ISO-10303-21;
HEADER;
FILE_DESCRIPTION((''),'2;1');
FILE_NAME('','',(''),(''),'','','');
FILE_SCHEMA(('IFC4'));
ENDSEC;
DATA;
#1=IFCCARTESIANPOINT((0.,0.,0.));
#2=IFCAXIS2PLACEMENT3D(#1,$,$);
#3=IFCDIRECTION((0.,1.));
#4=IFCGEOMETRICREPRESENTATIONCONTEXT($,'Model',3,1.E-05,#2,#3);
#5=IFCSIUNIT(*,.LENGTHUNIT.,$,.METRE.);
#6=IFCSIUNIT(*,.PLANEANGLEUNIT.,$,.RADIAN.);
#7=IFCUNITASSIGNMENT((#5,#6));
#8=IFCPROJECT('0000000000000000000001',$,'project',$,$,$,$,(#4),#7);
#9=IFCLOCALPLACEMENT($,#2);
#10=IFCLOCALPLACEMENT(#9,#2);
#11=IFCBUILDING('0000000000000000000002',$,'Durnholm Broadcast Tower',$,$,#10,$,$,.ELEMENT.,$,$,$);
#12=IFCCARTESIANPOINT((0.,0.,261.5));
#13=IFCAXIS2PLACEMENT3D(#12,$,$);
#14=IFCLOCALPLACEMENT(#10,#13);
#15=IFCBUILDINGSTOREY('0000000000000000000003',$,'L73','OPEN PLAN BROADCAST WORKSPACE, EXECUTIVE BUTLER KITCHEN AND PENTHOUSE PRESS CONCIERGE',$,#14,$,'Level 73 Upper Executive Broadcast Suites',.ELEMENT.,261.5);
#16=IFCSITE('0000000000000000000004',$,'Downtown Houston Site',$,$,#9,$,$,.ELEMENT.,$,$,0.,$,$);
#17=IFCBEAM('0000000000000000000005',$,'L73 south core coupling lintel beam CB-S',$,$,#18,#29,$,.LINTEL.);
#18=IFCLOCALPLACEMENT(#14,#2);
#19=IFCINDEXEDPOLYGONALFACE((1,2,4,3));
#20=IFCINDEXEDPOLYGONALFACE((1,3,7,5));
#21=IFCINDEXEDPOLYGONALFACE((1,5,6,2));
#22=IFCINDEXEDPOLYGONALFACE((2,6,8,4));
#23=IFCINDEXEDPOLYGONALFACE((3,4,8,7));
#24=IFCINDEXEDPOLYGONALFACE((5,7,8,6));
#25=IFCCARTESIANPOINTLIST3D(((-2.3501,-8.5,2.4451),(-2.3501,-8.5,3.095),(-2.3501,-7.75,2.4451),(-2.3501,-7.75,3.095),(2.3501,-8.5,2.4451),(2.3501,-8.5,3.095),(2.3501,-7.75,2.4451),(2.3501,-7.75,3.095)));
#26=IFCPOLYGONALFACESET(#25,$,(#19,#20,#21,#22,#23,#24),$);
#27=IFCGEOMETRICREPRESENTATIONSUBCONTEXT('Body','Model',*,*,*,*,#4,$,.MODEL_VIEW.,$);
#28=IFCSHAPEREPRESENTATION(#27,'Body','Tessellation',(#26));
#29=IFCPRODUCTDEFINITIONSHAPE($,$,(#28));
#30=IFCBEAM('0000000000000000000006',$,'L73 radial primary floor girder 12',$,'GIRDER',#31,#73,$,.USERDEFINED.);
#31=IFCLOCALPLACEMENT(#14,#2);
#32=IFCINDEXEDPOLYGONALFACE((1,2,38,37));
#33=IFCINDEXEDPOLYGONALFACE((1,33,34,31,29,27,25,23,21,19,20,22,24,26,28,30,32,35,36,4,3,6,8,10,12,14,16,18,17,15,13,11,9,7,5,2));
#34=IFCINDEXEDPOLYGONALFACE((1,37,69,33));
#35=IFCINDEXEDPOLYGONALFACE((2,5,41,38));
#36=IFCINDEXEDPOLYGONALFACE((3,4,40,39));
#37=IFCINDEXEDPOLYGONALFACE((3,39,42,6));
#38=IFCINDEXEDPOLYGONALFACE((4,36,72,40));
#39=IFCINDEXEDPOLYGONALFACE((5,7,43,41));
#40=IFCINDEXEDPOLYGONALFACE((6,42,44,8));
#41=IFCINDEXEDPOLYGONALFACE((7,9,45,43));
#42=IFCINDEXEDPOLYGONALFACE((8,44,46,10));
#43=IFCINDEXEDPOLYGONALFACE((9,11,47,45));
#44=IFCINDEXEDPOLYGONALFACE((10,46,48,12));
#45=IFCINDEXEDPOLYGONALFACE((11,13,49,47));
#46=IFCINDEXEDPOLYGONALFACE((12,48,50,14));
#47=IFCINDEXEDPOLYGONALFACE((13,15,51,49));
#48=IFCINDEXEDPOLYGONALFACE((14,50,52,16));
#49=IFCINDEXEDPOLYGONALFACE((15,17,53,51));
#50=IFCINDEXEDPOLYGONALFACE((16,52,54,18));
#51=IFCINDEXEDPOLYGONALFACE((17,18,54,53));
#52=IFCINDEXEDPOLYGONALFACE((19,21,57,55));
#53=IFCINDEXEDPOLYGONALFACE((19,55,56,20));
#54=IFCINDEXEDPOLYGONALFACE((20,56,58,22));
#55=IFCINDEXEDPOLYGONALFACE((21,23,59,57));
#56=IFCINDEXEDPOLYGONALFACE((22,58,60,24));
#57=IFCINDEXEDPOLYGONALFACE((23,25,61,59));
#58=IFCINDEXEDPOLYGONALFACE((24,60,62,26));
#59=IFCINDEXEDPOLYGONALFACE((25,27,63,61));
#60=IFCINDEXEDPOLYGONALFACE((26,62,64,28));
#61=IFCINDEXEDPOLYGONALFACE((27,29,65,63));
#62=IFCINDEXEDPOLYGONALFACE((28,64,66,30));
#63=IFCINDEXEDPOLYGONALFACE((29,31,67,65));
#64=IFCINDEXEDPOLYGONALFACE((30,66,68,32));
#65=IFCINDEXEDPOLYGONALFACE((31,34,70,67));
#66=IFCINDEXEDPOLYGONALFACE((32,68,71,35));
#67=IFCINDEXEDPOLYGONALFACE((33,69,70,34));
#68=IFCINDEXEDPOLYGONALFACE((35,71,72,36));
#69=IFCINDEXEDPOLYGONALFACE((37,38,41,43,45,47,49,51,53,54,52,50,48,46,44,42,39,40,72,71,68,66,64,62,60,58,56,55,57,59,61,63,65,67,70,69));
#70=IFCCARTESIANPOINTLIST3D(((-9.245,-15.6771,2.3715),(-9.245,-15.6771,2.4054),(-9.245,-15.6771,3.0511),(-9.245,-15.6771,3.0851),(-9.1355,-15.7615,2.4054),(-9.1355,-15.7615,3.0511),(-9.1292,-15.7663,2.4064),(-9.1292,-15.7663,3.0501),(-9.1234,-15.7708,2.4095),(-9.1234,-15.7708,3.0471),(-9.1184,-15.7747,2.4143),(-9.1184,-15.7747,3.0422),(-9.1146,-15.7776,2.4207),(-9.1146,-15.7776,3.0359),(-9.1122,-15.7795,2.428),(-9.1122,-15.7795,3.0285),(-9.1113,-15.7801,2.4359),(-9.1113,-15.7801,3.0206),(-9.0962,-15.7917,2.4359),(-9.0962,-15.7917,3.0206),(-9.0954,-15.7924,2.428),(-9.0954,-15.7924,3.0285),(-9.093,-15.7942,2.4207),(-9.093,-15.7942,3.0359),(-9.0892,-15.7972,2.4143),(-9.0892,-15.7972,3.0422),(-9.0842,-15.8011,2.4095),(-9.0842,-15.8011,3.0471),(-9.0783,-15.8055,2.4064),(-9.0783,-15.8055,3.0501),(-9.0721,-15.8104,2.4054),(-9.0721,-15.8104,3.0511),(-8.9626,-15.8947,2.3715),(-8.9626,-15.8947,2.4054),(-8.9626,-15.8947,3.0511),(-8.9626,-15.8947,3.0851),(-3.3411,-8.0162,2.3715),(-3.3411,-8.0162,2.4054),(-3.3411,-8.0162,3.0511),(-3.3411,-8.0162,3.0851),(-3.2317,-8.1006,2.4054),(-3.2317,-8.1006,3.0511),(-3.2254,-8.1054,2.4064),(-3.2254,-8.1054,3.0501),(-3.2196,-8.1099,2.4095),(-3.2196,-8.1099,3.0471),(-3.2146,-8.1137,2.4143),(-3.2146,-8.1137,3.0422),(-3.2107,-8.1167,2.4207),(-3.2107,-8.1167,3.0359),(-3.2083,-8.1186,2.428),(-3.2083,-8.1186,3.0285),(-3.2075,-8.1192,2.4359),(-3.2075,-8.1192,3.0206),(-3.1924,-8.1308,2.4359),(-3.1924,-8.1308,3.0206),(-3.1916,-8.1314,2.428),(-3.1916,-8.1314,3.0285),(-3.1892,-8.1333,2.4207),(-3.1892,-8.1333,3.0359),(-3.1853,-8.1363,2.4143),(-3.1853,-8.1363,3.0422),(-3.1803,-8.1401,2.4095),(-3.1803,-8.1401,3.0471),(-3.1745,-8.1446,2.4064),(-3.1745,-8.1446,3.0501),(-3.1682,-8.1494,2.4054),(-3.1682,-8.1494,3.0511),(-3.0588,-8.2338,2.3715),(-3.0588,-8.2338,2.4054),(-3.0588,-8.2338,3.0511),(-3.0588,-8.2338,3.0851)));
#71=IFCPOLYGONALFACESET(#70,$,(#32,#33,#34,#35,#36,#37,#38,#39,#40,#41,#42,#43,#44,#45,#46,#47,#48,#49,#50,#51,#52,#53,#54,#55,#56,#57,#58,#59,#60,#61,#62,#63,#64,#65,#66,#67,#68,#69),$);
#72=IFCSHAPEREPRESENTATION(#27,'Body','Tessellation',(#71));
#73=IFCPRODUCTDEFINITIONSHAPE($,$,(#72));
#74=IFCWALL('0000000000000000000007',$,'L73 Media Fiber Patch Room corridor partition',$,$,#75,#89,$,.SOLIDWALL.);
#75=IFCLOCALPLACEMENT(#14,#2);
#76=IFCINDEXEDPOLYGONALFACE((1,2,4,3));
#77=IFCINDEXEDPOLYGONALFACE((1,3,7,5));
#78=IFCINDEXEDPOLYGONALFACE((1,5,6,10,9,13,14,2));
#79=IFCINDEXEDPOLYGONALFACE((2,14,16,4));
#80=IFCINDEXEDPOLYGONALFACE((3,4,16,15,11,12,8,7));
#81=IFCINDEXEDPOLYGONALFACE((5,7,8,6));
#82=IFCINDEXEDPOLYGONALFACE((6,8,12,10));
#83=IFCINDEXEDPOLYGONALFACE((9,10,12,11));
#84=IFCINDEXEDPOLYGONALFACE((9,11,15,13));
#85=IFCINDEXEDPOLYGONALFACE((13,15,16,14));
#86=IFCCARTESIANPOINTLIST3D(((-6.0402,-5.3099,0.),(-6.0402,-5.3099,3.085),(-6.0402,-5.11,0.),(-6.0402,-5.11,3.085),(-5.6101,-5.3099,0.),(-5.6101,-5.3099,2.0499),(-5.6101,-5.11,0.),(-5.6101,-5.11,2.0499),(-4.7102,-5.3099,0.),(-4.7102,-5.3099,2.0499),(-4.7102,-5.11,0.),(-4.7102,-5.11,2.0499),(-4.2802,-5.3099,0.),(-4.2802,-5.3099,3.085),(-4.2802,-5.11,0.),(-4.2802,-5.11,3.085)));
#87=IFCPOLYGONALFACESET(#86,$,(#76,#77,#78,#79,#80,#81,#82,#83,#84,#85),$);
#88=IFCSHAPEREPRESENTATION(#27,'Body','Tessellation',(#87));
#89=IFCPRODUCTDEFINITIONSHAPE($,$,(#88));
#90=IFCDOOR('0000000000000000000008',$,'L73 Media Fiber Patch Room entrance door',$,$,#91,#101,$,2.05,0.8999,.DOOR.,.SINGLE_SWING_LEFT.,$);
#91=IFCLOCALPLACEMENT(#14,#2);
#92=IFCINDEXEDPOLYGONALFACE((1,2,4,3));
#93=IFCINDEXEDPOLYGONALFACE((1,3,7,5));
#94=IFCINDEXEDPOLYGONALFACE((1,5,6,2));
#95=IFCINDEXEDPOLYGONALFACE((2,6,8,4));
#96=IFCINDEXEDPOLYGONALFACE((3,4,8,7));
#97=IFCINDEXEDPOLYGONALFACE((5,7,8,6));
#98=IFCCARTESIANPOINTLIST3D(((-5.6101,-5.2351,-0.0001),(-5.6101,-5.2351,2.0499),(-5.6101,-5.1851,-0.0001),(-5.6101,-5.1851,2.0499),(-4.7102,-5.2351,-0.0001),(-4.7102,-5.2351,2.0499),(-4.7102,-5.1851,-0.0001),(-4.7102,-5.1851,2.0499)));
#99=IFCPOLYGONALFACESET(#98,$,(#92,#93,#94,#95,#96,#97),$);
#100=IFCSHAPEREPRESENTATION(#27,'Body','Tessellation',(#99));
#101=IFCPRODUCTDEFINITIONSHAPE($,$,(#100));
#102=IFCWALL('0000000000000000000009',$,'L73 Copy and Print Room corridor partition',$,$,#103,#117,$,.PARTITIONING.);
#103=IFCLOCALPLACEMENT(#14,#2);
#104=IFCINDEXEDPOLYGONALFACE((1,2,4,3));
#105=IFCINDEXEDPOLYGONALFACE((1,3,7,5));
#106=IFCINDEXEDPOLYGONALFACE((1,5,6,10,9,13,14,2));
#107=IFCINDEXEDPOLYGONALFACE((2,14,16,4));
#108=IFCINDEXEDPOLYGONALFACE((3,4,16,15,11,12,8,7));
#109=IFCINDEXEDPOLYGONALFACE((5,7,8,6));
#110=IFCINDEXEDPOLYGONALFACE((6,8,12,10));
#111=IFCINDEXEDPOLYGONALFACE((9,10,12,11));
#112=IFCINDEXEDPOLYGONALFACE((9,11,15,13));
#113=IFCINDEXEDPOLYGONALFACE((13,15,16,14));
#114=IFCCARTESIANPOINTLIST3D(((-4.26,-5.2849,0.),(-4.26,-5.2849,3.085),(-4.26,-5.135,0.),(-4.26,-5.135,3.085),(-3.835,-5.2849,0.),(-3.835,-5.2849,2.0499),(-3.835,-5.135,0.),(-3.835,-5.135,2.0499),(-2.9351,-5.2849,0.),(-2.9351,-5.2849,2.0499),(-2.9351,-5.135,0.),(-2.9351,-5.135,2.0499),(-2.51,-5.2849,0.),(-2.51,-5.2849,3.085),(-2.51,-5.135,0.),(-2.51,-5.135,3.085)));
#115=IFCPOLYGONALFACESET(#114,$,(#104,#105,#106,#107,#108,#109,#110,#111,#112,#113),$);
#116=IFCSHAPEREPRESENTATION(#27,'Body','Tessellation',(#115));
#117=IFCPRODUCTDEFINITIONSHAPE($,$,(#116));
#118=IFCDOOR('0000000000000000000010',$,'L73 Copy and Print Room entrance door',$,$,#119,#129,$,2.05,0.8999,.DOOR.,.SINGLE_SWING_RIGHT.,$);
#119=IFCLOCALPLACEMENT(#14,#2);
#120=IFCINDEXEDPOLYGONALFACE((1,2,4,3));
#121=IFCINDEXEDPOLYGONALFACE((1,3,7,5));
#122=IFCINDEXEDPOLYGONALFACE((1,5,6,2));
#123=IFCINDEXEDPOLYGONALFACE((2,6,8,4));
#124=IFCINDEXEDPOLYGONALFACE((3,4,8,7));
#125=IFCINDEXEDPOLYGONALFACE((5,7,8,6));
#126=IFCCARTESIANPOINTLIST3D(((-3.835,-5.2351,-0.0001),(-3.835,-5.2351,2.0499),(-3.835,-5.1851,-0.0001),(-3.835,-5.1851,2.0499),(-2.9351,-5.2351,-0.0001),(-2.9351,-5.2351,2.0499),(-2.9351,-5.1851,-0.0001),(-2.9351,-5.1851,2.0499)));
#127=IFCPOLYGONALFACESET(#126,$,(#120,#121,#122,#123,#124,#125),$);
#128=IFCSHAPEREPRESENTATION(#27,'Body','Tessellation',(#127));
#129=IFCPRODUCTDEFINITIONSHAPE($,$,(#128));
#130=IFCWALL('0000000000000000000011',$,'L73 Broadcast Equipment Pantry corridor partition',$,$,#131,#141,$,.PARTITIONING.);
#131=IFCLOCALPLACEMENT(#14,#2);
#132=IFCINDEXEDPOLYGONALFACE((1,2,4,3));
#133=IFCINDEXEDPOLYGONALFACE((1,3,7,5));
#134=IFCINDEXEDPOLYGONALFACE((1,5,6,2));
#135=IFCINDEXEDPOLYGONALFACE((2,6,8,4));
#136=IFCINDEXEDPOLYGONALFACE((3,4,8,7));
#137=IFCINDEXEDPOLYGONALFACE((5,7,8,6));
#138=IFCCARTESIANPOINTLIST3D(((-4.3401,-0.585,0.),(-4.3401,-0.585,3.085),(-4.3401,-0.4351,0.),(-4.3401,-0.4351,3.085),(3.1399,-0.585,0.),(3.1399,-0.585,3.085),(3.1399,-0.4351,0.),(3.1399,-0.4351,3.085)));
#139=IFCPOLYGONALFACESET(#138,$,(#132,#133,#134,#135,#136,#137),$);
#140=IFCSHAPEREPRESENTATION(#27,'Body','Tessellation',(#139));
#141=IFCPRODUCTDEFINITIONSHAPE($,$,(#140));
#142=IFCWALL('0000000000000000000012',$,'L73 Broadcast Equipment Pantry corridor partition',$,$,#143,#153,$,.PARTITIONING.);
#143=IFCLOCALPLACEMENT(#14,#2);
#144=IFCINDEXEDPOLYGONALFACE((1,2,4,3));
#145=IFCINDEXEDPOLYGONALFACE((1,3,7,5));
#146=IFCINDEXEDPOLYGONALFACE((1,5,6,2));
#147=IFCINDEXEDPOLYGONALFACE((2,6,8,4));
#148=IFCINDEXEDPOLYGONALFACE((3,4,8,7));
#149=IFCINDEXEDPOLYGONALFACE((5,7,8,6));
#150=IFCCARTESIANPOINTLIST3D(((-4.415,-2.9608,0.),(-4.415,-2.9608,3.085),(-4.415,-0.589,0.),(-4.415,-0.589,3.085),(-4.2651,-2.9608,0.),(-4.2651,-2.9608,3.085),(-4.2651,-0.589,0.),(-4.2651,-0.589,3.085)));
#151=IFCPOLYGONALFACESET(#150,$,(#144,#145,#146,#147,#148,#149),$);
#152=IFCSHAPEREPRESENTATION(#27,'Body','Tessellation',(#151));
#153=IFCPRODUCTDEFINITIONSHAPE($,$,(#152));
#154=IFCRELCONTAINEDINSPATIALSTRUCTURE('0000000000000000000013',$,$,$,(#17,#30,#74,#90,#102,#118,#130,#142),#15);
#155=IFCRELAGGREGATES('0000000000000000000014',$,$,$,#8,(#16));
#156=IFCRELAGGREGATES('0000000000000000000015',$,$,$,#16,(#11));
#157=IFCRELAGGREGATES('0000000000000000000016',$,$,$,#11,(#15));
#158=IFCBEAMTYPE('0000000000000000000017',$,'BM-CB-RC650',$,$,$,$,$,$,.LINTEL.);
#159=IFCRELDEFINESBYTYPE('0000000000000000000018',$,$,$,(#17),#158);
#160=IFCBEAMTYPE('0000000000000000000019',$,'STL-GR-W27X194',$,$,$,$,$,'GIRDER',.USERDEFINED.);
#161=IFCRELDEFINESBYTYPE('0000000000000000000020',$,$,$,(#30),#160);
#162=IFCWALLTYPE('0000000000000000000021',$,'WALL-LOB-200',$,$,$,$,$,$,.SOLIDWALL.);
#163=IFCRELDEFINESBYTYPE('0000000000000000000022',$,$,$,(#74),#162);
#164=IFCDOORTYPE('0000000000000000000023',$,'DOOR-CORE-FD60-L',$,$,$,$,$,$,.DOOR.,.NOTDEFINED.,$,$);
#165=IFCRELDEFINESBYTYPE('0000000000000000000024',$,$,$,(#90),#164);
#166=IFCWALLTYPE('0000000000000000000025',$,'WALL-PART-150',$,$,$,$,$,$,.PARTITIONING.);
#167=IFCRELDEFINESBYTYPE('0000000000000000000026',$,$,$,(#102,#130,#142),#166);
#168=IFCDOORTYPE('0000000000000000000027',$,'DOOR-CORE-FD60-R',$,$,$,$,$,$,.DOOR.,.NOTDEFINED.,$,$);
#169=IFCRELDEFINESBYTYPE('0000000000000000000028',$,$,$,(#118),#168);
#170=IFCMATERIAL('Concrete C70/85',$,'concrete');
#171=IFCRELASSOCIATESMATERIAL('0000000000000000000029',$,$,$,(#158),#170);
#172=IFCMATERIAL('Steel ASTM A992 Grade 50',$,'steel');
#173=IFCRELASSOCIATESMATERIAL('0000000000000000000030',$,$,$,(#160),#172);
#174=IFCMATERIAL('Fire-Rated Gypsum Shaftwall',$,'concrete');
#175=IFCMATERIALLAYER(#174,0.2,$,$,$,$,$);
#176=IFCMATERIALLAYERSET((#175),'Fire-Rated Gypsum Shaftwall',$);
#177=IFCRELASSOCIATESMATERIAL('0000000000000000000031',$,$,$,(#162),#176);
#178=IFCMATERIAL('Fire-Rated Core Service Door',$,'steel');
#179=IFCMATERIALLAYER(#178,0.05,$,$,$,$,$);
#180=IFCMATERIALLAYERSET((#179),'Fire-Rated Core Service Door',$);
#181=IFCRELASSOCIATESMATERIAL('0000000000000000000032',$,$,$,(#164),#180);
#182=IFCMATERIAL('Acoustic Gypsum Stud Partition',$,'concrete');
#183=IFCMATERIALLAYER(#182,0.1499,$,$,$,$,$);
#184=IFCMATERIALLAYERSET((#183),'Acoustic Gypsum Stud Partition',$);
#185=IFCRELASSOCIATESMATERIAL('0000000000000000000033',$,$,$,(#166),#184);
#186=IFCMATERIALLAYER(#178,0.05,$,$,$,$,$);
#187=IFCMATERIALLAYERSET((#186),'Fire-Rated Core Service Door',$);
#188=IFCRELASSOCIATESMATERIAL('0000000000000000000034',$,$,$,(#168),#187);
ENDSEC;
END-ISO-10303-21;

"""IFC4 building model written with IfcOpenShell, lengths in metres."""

from ifc_helpers import new_model, si_unit, direction, frame, frame_2d, origin, origin_2d, place, context, subcontext, project, spatial, rectangle, i_section, extrude, source, transform, mapped, material, layer, layer_set, material_profile, profile_set, type_object, type_shapes, element, fill, save


model = new_model("IFC4")

# Units and contexts
model_context = context("Model", 3, precision=1e-05, world=origin(), true_north=direction((0.0, 1.0)))
body_context = subcontext(model_context, "Body", "Model", "MODEL_VIEW")
ifc_project = project(units=[si_unit("LENGTHUNIT", "METRE"), si_unit("PLANEANGLEUNIT", "RADIAN")], contexts=[model_context])

# Site, building, storey
site_placement = place(None, origin())
site = spatial("IfcSite", under=ifc_project, at=site_placement, Name="Downtown Houston Site", CompositionType="ELEMENT", RefElevation=0.0)
building_placement = place(site_placement, origin())
building = spatial("IfcBuilding", under=site, at=building_placement, Name="Durnholm Broadcast Tower", CompositionType="ELEMENT")
storey_placement = place(building_placement, frame((0.0, 0.0, 261.5)))
storey = spatial("IfcBuildingStorey", under=building, at=storey_placement, Name="L73", Description="OPEN PLAN BROADCAST WORKSPACE, EXECUTIVE BUTLER KITCHEN AND PENTHOUSE PRESS CONCIERGE", LongName="Level 73 Upper Executive Broadcast Suites", CompositionType="ELEMENT", Elevation=261.5)

# Beams
ifc_material_1 = material(Name="Concrete C70/85", Category="concrete")
ifc_material_profile_1 = material_profile(ifc_material_1, rectangle(XDim=0.75, YDim=0.6499, at=origin_2d()), Name="RC750X650")
ifc_profile_set_1 = profile_set([ifc_material_profile_1], Name="Concrete C70/85")
beam_type_1 = type_object("IfcBeamType", Name="BM-CB-RC650", PredefinedType="LINTEL", material=ifc_profile_set_1)
shared_shape_1 = source(origin(), body_context, "Body", "SweptSolid", [
    extrude(rectangle(XDim=0.75, YDim=0.6499, at=origin_2d()), origin(), (0.0, 0.0, 1.0), 4.7002),
])
type_shapes(beam_type_1, [shared_shape_1])
beam_1_placement = place(storey_placement, frame((-2.3501, -8.125, 2.77), z_axis=(1.0, 0.0, 0.0), x_axis=(0.0, 1.0, 0.0)))
element("IfcBeam", 1, at=beam_1_placement, inside=storey, type_object=beam_type_1, Name="L73 south core coupling lintel beam CB-S", PredefinedType="LINTEL", context=body_context, shape_type="MappedRepresentation", body=[
    mapped(shared_shape_1, transform((0.0, 0.0, 0.0), x_axis=(1.0, 0.0, 0.0), y_axis=(0.0, 1.0, 0.0), z_axis=(0.0, 0.0, 1.0), scale=1.0)),
])
ifc_material_2 = material(Name="Steel ASTM A992 Grade 50", Category="steel")
ifc_material_profile_2 = material_profile(ifc_material_2, i_section(OverallWidth=0.3564, OverallDepth=0.7136, WebThickness=0.019, FlangeThickness=0.0339, FilletRadius=0.0305, at=origin_2d()), Name="W27X194")
ifc_profile_set_2 = profile_set([ifc_material_profile_2], Name="Steel ASTM A992 Grade 50")
beam_type_2 = type_object("IfcBeamType", Name="STL-GR-W27X194", ElementType="GIRDER", PredefinedType="USERDEFINED", material=ifc_profile_set_2)
shared_shape_2 = source(origin(), body_context, "Body", "SweptSolid", [
    extrude(i_section(OverallWidth=0.3564, OverallDepth=0.7136, WebThickness=0.019, FlangeThickness=0.0339, FilletRadius=0.0305, at=origin_2d()), origin(), (0.0, 0.0, 1.0), 9.6719),
])
type_shapes(beam_type_2, [shared_shape_2])
beam_2_placement = place(storey_placement, frame((-3.2, -8.125, 2.7283), z_axis=(-0.610413, -0.792083, 0.0), x_axis=(0.792083, -0.610413, 0.0)))
element("IfcBeam", 2, at=beam_2_placement, inside=storey, type_object=beam_type_2, Name="L73 radial primary floor girder 12", ObjectType="GIRDER", PredefinedType="USERDEFINED", context=body_context, shape_type="MappedRepresentation", body=[
    mapped(shared_shape_2, transform((0.0, 0.0, 0.0), x_axis=(1.0, 0.0, 0.0), y_axis=(0.0, 1.0, 0.0), z_axis=(0.0, 0.0, 1.0), scale=1.0)),
])

# Walls, openings, doors
ifc_material_3 = material(Name="Fire-Rated Gypsum Shaftwall", Category="concrete")
ifc_layer_1 = layer(ifc_material_3, 0.2)
ifc_layer_set_1 = layer_set([ifc_layer_1], Name="Fire-Rated Gypsum Shaftwall")
wall_type_1 = type_object("IfcWallType", Name="WALL-LOB-200", PredefinedType="SOLIDWALL", material=ifc_layer_set_1)
wall_1_placement = place(storey_placement, frame((-6.04, -5.21, 0.0), z_axis=(0.0, 0.0, 1.0), x_axis=(1.0, 0.0, 0.0)))
wall_1 = element("IfcWall", 3, at=wall_1_placement, inside=storey, type_object=wall_type_1, Name="L73 Media Fiber Patch Room corridor partition", PredefinedType="SOLIDWALL", context=body_context, shape_type="SweptSolid", body=[
    extrude(rectangle(XDim=1.76, YDim=0.2, at=frame_2d((0.8799, 0.0))), origin(), (0.0, 0.0, 1.0), 3.085),
])
opening_1_placement = place(wall_1_placement, frame((0.4299, 0.0, 0.0)))
opening_1 = element("IfcOpeningElement", 4, at=opening_1_placement, cuts=wall_1, PredefinedType="OPENING", context=body_context, shape_type="SweptSolid", body=[
    extrude(rectangle(XDim=0.8999, YDim=2.05, at=frame_2d((0.45, 1.0249))), frame((0.0, 0.1099, 0.0), z_axis=(0.0, -1.0, 0.0), x_axis=(1.0, 0.0, 0.0)), (0.0, 0.0, 1.0), 0.22),
])
ifc_material_4 = material(Name="Fire-Rated Core Service Door", Category="steel")
ifc_layer_2 = layer(ifc_material_4, 0.05)
ifc_layer_set_2 = layer_set([ifc_layer_2], Name="Fire-Rated Core Service Door")
door_type_1 = type_object("IfcDoorType", Name="DOOR-CORE-FD60-L", OperationType="NOTDEFINED", PredefinedType="DOOR", material=ifc_layer_set_2)
shared_shape_3 = source(origin(), body_context, "Body", "SweptSolid", [
    extrude(rectangle(XDim=0.8999, YDim=2.05, at=frame_2d((0.45, 1.0249))), frame((0.0, 0.0249, 0.0), z_axis=(0.0, -1.0, 0.0), x_axis=(1.0, 0.0, 0.0)), (0.0, 0.0, 1.0), 0.05),
])
type_shapes(door_type_1, [shared_shape_3])
door_1_placement = place(opening_1_placement, origin())
door_1 = element("IfcDoor", 5, at=door_1_placement, inside=storey, type_object=door_type_1, Name="L73 Media Fiber Patch Room entrance door", OperationType="SINGLE_SWING_LEFT", OverallHeight=2.05, OverallWidth=0.8999, PredefinedType="DOOR", context=body_context, shape_type="MappedRepresentation", body=[
    mapped(shared_shape_3, transform((0.0, 0.0, 0.0), x_axis=(1.0, 0.0, 0.0), y_axis=(0.0, 1.0, 0.0), z_axis=(0.0, 0.0, 1.0), scale=1.0)),
])
fill(opening_1, door_1)
ifc_material_5 = material(Name="Acoustic Gypsum Stud Partition", Category="concrete")
ifc_layer_3 = layer(ifc_material_5, 0.1499)
ifc_layer_set_3 = layer_set([ifc_layer_3], Name="Acoustic Gypsum Stud Partition")
wall_type_2 = type_object("IfcWallType", Name="WALL-PART-150", PredefinedType="PARTITIONING", material=ifc_layer_set_3)
wall_2_placement = place(storey_placement, frame((-4.26, -5.21, 0.0), z_axis=(0.0, 0.0, 1.0), x_axis=(1.0, 0.0, 0.0)))
wall_2 = element("IfcWall", 6, at=wall_2_placement, inside=storey, type_object=wall_type_2, Name="L73 Copy and Print Room corridor partition", PredefinedType="PARTITIONING", context=body_context, shape_type="SweptSolid", body=[
    extrude(rectangle(XDim=1.75, YDim=0.1499, at=frame_2d((0.875, 0.0))), origin(), (0.0, 0.0, 1.0), 3.085),
])
opening_2_placement = place(wall_2_placement, frame((0.425, 0.0, 0.0)))
opening_2 = element("IfcOpeningElement", 7, at=opening_2_placement, cuts=wall_2, PredefinedType="OPENING", context=body_context, shape_type="SweptSolid", body=[
    extrude(rectangle(XDim=0.8999, YDim=2.05, at=frame_2d((0.45, 1.0249))), frame((0.0, 0.085, 0.0), z_axis=(0.0, -1.0, 0.0), x_axis=(1.0, 0.0, 0.0)), (0.0, 0.0, 1.0), 0.1699),
])
ifc_layer_4 = layer(ifc_material_4, 0.05)
ifc_layer_set_4 = layer_set([ifc_layer_4], Name="Fire-Rated Core Service Door")
door_type_2 = type_object("IfcDoorType", Name="DOOR-CORE-FD60-R", OperationType="NOTDEFINED", PredefinedType="DOOR", material=ifc_layer_set_4)
shared_shape_4 = source(origin(), body_context, "Body", "SweptSolid", [
    extrude(rectangle(XDim=0.8999, YDim=2.05, at=frame_2d((0.45, 1.0249))), frame((0.0, 0.0249, 0.0), z_axis=(0.0, -1.0, 0.0), x_axis=(1.0, 0.0, 0.0)), (0.0, 0.0, 1.0), 0.05),
])
type_shapes(door_type_2, [shared_shape_4])
door_2_placement = place(opening_2_placement, origin())
door_2 = element("IfcDoor", 8, at=door_2_placement, inside=storey, type_object=door_type_2, Name="L73 Copy and Print Room entrance door", OperationType="SINGLE_SWING_RIGHT", OverallHeight=2.05, OverallWidth=0.8999, PredefinedType="DOOR", context=body_context, shape_type="MappedRepresentation", body=[
    mapped(shared_shape_4, transform((0.0, 0.0, 0.0), x_axis=(1.0, 0.0, 0.0), y_axis=(0.0, 1.0, 0.0), z_axis=(0.0, 0.0, 1.0), scale=1.0)),
])
fill(opening_2, door_2)

# Walls
wall_3_placement = place(storey_placement, frame((-4.3401, -0.51, 0.0), z_axis=(0.0, 0.0, 1.0), x_axis=(1.0, 0.0, 0.0)))
element("IfcWall", 9, at=wall_3_placement, inside=storey, type_object=wall_type_2, Name="L73 Broadcast Equipment Pantry corridor partition", PredefinedType="PARTITIONING", context=body_context, shape_type="SweptSolid", body=[
    extrude(rectangle(XDim=7.48, YDim=0.1499, at=frame_2d((3.74, 0.0))), origin(), (0.0, 0.0, 1.0), 3.085),
])
wall_4_placement = place(storey_placement, frame((-4.3401, -2.9609, 0.0), z_axis=(0.0, 0.0, 1.0), x_axis=(0.0, 1.0, 0.0)))
element("IfcWall", 10, at=wall_4_placement, inside=storey, type_object=wall_type_2, Name="L73 Broadcast Equipment Pantry corridor partition", PredefinedType="PARTITIONING", context=body_context, shape_type="SweptSolid", body=[
    extrude(rectangle(XDim=2.3718, YDim=0.1499, at=frame_2d((1.186, 0.0))), origin(), (0.0, 0.0, 1.0), 3.085),
])

save(model, "model.ifc")
